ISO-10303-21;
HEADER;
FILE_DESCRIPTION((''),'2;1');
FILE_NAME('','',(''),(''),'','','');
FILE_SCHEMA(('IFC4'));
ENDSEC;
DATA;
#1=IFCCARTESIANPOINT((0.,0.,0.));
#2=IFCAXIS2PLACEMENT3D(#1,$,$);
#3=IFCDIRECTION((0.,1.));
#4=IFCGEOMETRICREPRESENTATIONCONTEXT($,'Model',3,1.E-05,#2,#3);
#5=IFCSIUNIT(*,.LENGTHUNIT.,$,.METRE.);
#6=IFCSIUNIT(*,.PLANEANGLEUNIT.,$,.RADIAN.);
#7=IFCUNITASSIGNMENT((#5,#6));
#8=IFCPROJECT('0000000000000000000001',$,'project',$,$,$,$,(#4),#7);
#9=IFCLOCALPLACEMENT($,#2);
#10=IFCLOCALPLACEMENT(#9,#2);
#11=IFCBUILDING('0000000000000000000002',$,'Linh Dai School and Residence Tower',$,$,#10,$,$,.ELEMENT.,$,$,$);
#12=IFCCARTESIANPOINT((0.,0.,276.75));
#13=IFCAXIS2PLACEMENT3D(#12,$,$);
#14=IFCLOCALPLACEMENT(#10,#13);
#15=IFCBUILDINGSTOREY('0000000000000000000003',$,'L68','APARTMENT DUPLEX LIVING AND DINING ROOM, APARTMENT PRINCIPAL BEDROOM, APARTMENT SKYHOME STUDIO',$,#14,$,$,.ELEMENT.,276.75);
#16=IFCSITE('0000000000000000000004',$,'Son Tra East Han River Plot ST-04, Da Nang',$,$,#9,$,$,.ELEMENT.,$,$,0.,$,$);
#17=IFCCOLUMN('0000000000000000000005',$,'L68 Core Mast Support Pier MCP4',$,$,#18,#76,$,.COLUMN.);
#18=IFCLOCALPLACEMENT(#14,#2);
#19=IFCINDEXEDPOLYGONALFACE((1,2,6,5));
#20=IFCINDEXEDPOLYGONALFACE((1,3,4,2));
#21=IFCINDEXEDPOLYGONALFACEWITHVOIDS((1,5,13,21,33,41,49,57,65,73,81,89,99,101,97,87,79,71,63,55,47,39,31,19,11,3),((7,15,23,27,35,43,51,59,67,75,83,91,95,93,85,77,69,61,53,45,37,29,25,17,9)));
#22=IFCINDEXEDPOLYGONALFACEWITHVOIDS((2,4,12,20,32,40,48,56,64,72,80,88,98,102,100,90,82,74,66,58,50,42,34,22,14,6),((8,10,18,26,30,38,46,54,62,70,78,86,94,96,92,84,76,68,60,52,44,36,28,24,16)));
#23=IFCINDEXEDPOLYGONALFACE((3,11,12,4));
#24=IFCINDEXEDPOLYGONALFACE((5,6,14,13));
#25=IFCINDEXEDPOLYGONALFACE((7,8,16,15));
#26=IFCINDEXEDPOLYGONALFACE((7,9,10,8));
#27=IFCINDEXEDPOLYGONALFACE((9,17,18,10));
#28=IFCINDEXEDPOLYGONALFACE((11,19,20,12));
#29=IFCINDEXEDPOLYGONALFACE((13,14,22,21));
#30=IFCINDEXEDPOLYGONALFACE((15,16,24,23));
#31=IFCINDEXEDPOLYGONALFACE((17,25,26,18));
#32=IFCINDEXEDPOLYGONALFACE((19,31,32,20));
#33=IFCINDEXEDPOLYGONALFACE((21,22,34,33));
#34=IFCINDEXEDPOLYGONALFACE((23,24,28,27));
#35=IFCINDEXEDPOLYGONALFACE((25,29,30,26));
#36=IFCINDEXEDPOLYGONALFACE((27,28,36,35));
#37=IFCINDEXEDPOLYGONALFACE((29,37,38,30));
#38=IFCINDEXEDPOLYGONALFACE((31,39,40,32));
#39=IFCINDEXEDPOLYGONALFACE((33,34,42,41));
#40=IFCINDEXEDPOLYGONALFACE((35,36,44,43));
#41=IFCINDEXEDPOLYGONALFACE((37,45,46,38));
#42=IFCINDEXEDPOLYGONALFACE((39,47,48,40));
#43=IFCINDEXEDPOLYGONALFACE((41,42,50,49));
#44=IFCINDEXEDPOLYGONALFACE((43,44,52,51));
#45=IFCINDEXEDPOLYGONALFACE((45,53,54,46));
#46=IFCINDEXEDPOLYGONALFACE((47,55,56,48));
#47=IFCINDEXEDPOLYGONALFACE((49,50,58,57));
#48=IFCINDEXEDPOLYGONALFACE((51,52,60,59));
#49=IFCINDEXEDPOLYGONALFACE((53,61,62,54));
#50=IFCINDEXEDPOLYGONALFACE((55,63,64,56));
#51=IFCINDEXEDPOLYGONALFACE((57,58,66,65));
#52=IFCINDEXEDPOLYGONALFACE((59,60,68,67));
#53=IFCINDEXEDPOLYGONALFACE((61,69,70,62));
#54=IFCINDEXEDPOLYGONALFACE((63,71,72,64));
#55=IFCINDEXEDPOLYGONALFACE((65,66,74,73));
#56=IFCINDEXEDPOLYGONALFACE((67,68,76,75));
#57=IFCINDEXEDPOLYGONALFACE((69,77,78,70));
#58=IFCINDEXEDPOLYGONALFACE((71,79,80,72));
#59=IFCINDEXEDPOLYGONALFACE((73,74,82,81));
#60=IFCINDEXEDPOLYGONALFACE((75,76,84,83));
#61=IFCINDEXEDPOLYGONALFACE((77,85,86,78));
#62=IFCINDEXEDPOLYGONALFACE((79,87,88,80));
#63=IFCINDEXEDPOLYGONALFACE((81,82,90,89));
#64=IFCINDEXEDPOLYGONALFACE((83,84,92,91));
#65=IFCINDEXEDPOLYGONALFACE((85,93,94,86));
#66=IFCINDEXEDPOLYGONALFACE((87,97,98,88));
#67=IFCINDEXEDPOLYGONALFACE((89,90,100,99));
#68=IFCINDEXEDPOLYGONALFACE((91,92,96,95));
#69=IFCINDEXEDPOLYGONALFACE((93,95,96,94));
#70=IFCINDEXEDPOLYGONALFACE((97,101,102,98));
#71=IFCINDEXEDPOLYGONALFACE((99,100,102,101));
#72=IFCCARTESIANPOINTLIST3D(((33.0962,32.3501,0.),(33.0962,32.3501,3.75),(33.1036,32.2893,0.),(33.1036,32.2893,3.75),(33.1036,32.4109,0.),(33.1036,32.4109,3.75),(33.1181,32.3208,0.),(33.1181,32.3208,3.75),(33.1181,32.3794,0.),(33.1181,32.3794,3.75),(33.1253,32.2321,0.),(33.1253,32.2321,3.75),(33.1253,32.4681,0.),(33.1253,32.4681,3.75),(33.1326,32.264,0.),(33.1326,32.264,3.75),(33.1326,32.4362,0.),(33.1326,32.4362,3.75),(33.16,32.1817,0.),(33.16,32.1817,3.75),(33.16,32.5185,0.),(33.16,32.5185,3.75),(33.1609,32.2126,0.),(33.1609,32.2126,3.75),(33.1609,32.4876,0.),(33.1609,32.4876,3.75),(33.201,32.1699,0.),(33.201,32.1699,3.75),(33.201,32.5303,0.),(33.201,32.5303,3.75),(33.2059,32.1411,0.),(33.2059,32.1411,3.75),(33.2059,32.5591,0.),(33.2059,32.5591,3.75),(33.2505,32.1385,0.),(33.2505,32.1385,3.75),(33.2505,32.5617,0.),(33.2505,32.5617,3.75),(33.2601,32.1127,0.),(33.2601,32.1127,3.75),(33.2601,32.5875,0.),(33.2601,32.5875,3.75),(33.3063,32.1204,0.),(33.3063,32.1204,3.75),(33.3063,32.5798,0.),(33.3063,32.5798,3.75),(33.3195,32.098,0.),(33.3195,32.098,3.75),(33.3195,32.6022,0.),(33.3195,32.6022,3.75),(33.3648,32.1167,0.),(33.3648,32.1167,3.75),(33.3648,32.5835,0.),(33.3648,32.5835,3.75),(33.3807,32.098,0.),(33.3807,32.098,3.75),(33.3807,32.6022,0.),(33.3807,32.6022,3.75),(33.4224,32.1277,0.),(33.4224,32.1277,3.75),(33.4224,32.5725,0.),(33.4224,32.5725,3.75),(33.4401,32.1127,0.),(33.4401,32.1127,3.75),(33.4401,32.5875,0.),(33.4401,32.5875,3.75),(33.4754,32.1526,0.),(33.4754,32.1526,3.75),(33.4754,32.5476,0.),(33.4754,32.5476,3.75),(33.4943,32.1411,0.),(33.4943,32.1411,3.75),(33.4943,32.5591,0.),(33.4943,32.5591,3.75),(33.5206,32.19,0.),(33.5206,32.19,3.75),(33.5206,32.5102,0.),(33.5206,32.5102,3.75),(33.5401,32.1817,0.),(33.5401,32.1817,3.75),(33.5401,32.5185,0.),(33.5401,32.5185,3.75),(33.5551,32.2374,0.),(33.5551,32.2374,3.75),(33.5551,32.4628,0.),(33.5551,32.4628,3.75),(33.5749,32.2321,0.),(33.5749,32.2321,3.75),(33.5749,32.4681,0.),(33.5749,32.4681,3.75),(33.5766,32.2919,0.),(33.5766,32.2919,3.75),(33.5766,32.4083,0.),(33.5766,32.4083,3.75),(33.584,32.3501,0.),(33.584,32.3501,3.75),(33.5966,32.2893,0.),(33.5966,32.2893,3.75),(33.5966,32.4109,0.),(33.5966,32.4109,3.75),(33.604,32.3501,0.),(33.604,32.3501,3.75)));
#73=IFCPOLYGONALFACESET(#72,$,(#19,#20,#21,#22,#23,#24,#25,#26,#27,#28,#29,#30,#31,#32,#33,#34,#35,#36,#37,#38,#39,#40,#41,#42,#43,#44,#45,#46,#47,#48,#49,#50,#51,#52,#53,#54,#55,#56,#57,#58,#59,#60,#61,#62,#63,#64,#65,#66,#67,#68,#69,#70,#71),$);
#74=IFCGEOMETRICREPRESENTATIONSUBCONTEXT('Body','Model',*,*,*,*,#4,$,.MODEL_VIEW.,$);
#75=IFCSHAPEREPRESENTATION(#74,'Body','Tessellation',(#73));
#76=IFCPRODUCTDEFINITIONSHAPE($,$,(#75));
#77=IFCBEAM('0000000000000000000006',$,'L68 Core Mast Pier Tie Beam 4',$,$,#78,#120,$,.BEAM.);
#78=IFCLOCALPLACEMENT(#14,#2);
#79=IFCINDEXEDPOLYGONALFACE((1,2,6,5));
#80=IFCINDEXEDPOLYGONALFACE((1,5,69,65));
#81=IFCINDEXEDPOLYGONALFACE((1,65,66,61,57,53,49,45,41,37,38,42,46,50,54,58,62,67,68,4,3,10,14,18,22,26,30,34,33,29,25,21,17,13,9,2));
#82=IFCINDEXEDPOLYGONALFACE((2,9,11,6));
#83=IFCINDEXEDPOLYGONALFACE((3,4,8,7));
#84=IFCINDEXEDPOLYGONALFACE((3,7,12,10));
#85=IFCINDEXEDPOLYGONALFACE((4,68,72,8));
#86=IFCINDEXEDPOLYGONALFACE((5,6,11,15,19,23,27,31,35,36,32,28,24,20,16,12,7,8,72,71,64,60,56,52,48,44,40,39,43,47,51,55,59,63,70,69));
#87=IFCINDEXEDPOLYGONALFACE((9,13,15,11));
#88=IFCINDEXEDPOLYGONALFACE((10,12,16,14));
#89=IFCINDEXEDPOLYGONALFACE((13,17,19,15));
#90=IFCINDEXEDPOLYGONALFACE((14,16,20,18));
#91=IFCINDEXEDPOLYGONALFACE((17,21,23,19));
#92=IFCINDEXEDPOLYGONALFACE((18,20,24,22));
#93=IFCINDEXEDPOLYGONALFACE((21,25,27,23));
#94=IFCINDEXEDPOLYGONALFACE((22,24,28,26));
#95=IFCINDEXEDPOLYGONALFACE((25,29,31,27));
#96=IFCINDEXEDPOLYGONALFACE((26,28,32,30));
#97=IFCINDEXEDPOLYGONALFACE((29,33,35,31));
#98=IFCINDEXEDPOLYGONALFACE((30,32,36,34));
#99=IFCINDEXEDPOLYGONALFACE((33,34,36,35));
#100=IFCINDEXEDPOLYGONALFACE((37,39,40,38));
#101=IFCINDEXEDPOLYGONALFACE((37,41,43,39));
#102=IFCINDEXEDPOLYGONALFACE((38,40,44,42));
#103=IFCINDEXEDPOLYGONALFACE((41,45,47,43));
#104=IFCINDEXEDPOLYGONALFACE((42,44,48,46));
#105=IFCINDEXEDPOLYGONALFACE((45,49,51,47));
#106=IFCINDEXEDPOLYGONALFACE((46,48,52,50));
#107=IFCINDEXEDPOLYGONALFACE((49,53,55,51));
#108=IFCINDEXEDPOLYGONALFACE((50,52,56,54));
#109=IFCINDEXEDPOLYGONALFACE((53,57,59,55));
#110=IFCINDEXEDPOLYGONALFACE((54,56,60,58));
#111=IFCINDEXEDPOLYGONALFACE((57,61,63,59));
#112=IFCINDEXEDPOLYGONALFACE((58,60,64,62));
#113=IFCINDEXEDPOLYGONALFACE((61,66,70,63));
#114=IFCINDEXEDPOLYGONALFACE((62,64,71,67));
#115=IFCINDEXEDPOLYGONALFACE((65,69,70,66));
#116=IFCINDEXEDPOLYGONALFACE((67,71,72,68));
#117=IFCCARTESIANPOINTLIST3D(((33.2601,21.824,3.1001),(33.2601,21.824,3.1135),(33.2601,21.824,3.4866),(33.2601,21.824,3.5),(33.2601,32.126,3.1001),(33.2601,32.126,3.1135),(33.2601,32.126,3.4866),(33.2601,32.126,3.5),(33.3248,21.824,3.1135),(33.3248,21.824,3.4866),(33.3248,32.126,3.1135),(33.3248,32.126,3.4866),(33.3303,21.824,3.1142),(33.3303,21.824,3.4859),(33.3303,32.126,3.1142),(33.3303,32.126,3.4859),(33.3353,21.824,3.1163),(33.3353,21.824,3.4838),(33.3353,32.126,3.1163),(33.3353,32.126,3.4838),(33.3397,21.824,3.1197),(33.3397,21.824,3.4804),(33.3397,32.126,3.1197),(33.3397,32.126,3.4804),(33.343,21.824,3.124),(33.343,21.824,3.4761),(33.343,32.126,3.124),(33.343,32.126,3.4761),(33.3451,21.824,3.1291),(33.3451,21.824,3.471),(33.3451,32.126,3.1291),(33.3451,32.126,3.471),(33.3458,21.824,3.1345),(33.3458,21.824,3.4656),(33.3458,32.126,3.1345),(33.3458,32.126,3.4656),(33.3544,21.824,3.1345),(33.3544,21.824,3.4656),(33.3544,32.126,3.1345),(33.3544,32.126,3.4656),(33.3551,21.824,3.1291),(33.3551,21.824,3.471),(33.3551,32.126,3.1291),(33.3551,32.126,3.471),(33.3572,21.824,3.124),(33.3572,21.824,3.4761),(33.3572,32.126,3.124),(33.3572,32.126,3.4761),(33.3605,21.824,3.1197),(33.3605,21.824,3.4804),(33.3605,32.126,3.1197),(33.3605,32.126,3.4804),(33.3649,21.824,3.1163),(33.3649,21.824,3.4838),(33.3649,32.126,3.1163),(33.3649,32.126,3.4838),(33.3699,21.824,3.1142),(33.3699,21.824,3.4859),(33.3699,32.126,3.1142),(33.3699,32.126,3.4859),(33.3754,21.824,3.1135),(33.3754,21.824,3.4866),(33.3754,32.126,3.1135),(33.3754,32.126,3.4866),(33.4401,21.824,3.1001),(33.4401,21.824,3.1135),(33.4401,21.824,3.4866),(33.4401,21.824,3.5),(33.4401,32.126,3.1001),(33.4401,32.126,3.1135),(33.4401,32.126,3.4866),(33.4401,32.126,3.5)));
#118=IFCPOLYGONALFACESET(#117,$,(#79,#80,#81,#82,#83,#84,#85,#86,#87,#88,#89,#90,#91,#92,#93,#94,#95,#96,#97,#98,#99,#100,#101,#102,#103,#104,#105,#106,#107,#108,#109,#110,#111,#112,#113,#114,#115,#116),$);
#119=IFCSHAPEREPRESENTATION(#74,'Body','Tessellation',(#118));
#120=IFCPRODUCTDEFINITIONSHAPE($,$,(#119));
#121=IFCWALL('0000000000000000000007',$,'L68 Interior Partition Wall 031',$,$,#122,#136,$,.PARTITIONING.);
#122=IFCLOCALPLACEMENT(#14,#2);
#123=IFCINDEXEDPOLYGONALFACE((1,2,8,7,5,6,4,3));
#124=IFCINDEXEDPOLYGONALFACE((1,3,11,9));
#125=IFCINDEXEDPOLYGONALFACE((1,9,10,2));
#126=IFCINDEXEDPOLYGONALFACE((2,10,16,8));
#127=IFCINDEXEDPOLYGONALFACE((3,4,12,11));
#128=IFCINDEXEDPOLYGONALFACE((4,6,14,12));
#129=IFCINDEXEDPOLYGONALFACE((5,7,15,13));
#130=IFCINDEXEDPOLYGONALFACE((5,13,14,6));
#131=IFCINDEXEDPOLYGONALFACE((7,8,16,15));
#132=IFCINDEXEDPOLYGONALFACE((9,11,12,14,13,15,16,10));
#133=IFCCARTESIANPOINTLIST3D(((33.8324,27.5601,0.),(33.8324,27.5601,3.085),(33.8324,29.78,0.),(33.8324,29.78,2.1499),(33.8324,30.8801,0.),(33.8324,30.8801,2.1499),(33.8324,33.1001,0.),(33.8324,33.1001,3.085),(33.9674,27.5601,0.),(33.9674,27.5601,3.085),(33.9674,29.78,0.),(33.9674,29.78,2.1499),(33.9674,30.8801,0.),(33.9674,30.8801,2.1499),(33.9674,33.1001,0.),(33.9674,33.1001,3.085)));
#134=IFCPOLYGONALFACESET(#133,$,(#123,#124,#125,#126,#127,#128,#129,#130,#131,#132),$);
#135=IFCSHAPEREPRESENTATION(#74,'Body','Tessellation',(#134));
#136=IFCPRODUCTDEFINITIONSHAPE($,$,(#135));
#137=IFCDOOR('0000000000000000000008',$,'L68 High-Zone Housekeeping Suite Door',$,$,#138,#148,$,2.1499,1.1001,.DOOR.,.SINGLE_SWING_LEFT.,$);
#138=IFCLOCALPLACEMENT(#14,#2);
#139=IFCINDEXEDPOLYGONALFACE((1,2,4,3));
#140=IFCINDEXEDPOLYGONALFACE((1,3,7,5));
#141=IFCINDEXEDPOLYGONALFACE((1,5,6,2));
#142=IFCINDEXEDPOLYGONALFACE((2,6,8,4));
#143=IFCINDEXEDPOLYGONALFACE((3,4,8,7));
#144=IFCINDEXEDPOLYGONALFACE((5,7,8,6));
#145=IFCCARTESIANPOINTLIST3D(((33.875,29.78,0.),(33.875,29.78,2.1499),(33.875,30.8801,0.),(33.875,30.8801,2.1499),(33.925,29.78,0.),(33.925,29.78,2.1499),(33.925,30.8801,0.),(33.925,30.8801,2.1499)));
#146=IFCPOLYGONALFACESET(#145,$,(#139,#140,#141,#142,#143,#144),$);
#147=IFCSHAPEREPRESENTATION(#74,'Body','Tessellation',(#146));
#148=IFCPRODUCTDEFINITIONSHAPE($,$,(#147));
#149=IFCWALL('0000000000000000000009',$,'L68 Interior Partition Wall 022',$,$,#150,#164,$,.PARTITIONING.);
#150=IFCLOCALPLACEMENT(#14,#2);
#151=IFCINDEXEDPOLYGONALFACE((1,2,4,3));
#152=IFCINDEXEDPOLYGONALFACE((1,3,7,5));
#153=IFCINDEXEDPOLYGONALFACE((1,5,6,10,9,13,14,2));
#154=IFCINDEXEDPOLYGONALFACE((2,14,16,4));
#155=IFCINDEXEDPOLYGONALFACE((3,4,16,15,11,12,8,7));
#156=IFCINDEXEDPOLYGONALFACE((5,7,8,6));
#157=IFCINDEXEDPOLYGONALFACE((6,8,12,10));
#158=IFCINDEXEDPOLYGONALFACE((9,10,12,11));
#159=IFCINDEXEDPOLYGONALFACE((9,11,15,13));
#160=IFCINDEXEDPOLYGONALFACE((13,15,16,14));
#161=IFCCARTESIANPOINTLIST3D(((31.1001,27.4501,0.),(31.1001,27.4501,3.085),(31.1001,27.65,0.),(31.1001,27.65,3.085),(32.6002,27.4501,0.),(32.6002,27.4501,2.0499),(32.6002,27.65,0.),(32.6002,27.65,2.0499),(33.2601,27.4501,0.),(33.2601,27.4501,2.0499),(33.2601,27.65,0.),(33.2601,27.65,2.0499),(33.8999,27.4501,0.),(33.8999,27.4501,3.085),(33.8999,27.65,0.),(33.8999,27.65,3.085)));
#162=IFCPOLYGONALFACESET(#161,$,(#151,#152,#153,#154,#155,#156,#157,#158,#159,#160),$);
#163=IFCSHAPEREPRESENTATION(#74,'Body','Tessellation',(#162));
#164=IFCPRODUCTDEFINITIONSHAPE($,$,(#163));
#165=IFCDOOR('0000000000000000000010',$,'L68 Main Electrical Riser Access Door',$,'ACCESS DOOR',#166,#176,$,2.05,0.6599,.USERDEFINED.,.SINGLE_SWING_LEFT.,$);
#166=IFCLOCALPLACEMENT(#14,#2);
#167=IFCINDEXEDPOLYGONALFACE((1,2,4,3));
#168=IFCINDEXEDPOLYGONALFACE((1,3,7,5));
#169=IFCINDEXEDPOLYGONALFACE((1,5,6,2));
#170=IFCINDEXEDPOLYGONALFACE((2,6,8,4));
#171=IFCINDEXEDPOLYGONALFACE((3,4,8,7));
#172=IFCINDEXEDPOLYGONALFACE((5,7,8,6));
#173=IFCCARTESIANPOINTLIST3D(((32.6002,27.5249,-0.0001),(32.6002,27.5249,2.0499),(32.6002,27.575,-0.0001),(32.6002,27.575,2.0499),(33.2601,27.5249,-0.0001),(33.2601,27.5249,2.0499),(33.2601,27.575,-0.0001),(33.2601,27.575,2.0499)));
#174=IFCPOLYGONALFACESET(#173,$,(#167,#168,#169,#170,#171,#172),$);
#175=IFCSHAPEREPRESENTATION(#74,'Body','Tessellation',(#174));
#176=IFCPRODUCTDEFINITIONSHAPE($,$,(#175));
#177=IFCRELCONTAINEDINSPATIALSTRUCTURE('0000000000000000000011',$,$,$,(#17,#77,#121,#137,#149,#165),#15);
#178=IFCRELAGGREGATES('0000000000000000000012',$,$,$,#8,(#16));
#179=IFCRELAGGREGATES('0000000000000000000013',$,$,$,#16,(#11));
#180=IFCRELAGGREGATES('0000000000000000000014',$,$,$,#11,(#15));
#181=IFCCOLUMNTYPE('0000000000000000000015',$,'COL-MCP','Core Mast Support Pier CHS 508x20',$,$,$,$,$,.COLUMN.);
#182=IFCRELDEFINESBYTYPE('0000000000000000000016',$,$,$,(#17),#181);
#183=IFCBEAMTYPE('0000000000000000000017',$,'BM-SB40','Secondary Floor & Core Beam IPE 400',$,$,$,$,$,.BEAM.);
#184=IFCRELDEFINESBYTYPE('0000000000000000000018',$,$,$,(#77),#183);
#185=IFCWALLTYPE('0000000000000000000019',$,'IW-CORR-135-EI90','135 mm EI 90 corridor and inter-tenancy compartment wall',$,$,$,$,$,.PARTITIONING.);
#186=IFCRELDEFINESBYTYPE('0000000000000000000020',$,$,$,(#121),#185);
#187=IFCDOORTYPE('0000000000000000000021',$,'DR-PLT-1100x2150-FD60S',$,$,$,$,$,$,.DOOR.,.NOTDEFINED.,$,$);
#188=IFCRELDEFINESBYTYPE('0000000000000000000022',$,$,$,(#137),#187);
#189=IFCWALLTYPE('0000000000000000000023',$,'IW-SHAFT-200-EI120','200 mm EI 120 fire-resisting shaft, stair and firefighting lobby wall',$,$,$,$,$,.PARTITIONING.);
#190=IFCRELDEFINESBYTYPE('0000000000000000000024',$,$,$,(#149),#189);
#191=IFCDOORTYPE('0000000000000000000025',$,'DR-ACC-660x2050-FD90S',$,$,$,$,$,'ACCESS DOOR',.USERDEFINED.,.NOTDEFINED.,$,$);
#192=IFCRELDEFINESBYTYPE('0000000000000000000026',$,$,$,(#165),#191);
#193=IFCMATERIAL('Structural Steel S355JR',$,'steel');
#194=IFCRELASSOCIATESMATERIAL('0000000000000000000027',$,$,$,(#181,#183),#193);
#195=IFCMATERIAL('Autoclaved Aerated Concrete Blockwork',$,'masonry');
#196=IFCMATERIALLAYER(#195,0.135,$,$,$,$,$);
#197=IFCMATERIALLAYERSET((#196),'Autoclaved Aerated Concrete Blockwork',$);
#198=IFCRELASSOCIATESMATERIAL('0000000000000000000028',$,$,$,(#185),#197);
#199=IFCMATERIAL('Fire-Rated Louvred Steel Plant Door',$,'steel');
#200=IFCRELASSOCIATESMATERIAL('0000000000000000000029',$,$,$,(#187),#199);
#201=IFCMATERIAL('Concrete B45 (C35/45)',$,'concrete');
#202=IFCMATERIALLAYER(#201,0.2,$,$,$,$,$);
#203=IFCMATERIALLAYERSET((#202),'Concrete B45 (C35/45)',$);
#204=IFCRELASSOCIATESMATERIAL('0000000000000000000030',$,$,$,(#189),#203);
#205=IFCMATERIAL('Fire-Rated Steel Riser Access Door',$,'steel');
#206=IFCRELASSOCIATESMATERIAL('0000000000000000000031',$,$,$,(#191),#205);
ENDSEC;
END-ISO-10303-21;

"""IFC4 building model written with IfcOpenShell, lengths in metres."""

from ifc_helpers import new_model, si_unit, direction, frame, frame_2d, origin, origin_2d, place, context, subcontext, project, spatial, rectangle, hollow_circle, i_section, extrude, source, transform, mapped, material, layer, layer_set, material_profile, profile_set, type_object, element, fill, save


model = new_model("IFC4")

# Units and contexts
model_context = context("Model", 3, precision=1e-05, world=origin(), true_north=direction((0.0, 1.0)))
body_context = subcontext(model_context, "Body", "Model", "MODEL_VIEW")
ifc_project = project(units=[si_unit("LENGTHUNIT", "METRE"), si_unit("PLANEANGLEUNIT", "RADIAN")], contexts=[model_context])

# Site, building, storey
site_placement = place(None, origin())
site = spatial("IfcSite", under=ifc_project, at=site_placement, Name="Son Tra East Han River Plot ST-04, Da Nang", CompositionType="ELEMENT", RefElevation=0.0)
building_placement = place(site_placement, origin())
building = spatial("IfcBuilding", under=site, at=building_placement, Name="Linh Dai School and Residence Tower", CompositionType="ELEMENT")
storey_placement = place(building_placement, frame((0.0, 0.0, 276.75)))
storey = spatial("IfcBuildingStorey", under=building, at=storey_placement, Name="L68", Description="APARTMENT DUPLEX LIVING AND DINING ROOM, APARTMENT PRINCIPAL BEDROOM, APARTMENT SKYHOME STUDIO", CompositionType="ELEMENT", Elevation=276.75)

# Column
ifc_material_1 = material(Name="Structural Steel S355JR", Category="steel")
ifc_material_profile_1 = material_profile(ifc_material_1, hollow_circle(Radius=0.2539, WallThickness=0.02, at=origin_2d()), Name="CHS 508x20")
ifc_profile_set_1 = profile_set([ifc_material_profile_1], Name="Structural Steel S355JR")
column_type = type_object("IfcColumnType", Name="COL-MCP", Description="Core Mast Support Pier CHS 508x20", PredefinedType="COLUMN", material=ifc_profile_set_1)
column_placement = place(storey_placement, frame((33.3501, 32.3501, 0.0), z_axis=(0.0, 0.0, 1.0), x_axis=(1.0, 0.0, 0.0)))
element("IfcColumn", 1, at=column_placement, inside=storey, type_object=column_type, Name="L68 Core Mast Support Pier MCP4", PredefinedType="COLUMN", context=body_context, shape_type="SweptSolid", body=[
    extrude(hollow_circle(Radius=0.2539, WallThickness=0.02, at=origin_2d()), origin(), (0.0, 0.0, 1.0), 3.75),
])

# Beam
ifc_material_profile_2 = material_profile(ifc_material_1, i_section(OverallWidth=0.1799, OverallDepth=0.3999, WebThickness=0.0085, FlangeThickness=0.0134, FilletRadius=0.021, at=origin_2d()), Name="IPE 400")
ifc_profile_set_2 = profile_set([ifc_material_profile_2], Name="Structural Steel S355JR")
beam_type = type_object("IfcBeamType", Name="BM-SB40", Description="Secondary Floor & Core Beam IPE 400", PredefinedType="BEAM", material=ifc_profile_set_2)
beam_placement = place(storey_placement, frame((33.3501, 32.126, 3.3), z_axis=(0.0, -1.0, 0.0), x_axis=(1.0, 0.0, 0.0)))
element("IfcBeam", 2, at=beam_placement, inside=storey, type_object=beam_type, Name="L68 Core Mast Pier Tie Beam 4", PredefinedType="BEAM", context=body_context, shape_type="SweptSolid", body=[
    extrude(i_section(OverallWidth=0.1799, OverallDepth=0.3999, WebThickness=0.0085, FlangeThickness=0.0134, FilletRadius=0.021, at=origin_2d()), origin(), (0.0, 0.0, 1.0), 10.302),
])

# Walls, openings, doors
ifc_material_2 = material(Name="Autoclaved Aerated Concrete Blockwork", Category="masonry")
ifc_layer_1 = layer(ifc_material_2, 0.135)
ifc_layer_set_1 = layer_set([ifc_layer_1], Name="Autoclaved Aerated Concrete Blockwork")
wall_type_1 = type_object("IfcWallType", Name="IW-CORR-135-EI90", Description="135 mm EI 90 corridor and inter-tenancy compartment wall", PredefinedType="PARTITIONING", material=ifc_layer_set_1)
wall_1_placement = place(storey_placement, frame((33.8999, 27.5601, 0.0), z_axis=(0.0, 0.0, 1.0), x_axis=(0.0, 1.0, 0.0)))
wall_1 = element("IfcWall", 3, at=wall_1_placement, inside=storey, type_object=wall_type_1, Name="L68 Interior Partition Wall 031", PredefinedType="PARTITIONING", context=body_context, shape_type="SweptSolid", body=[
    extrude(rectangle(XDim=5.54, YDim=0.135, at=frame_2d((2.77, 0.0))), origin(), (0.0, 0.0, 1.0), 3.085),
])
opening_1_placement = place(wall_1_placement, frame((2.22, 0.0, 0.0)))
opening_1 = element("IfcOpeningElement", 4, at=opening_1_placement, cuts=wall_1, PredefinedType="OPENING", context=body_context, shape_type="SweptSolid", body=[
    extrude(rectangle(XDim=1.1001, YDim=2.1499, at=origin_2d()), frame((0.55, 0.0776, 1.075), z_axis=(0.0, -1.0, 0.0), x_axis=(1.0, 0.0, 0.0)), (0.0, 0.0, 1.0), 0.155),
])
ifc_material_3 = material(Name="Fire-Rated Louvred Steel Plant Door", Category="steel")
door_type_1 = type_object("IfcDoorType", Name="DR-PLT-1100x2150-FD60S", OperationType="NOTDEFINED", PredefinedType="DOOR", material=ifc_material_3)
shared_shape_1 = source(origin(), body_context, "Body", "SweptSolid", [
    extrude(rectangle(XDim=1.1001, YDim=2.1499, at=origin_2d()), frame((0.55, 0.0249, 1.075), z_axis=(0.0, -1.0, 0.0), x_axis=(1.0, 0.0, 0.0)), (0.0, 0.0, 1.0), 0.05),
])
door_1_placement = place(opening_1_placement, origin())
door_1 = element("IfcDoor", 5, at=door_1_placement, inside=storey, type_object=door_type_1, Name="L68 High-Zone Housekeeping Suite Door", OperationType="SINGLE_SWING_LEFT", OverallHeight=2.1499, OverallWidth=1.1001, PredefinedType="DOOR", context=body_context, shape_type="MappedRepresentation", body=[
    mapped(shared_shape_1, transform((0.0, 0.0, 0.0), x_axis=(1.0, 0.0, 0.0), y_axis=(0.0, 1.0, 0.0), z_axis=(0.0, 0.0, 1.0), scale=1.0)),
])
fill(opening_1, door_1)
ifc_material_4 = material(Name="Concrete B45 (C35/45)", Category="concrete")
ifc_layer_2 = layer(ifc_material_4, 0.2)
ifc_layer_set_2 = layer_set([ifc_layer_2], Name="Concrete B45 (C35/45)")
wall_type_2 = type_object("IfcWallType", Name="IW-SHAFT-200-EI120", Description="200 mm EI 120 fire-resisting shaft, stair and firefighting lobby wall", PredefinedType="PARTITIONING", material=ifc_layer_set_2)
wall_2_placement = place(storey_placement, frame((31.1001, 27.55, 0.0), z_axis=(0.0, 0.0, 1.0), x_axis=(1.0, 0.0, 0.0)))
wall_2 = element("IfcWall", 6, at=wall_2_placement, inside=storey, type_object=wall_type_2, Name="L68 Interior Partition Wall 022", PredefinedType="PARTITIONING", context=body_context, shape_type="SweptSolid", body=[
    extrude(rectangle(XDim=2.7998, YDim=0.2, at=frame_2d((1.3999, 0.0))), origin(), (0.0, 0.0, 1.0), 3.085),
])
opening_2_placement = place(wall_2_placement, frame((1.5, 0.0, 0.0)))
opening_2 = element("IfcOpeningElement", 7, at=opening_2_placement, cuts=wall_2, PredefinedType="OPENING", context=body_context, shape_type="SweptSolid", body=[
    extrude(rectangle(XDim=0.6599, YDim=2.05, at=origin_2d()), frame((0.3301, 0.1099, 1.0249), z_axis=(0.0, -1.0, 0.0), x_axis=(1.0, 0.0, 0.0)), (0.0, 0.0, 1.0), 0.22),
])
ifc_material_5 = material(Name="Fire-Rated Steel Riser Access Door", Category="steel")
door_type_2 = type_object("IfcDoorType", Name="DR-ACC-660x2050-FD90S", ElementType="ACCESS DOOR", OperationType="NOTDEFINED", PredefinedType="USERDEFINED", material=ifc_material_5)
shared_shape_2 = source(origin(), body_context, "Body", "SweptSolid", [
    extrude(rectangle(XDim=0.6599, YDim=2.05, at=origin_2d()), frame((0.3301, 0.0249, 1.0249), z_axis=(0.0, -1.0, 0.0), x_axis=(1.0, 0.0, 0.0)), (0.0, 0.0, 1.0), 0.05),
])
door_2_placement = place(opening_2_placement, origin())
door_2 = element("IfcDoor", 8, at=door_2_placement, inside=storey, type_object=door_type_2, Name="L68 Main Electrical Riser Access Door", ObjectType="ACCESS DOOR", OperationType="SINGLE_SWING_LEFT", OverallHeight=2.05, OverallWidth=0.6599, PredefinedType="USERDEFINED", context=body_context, shape_type="MappedRepresentation", body=[
    mapped(shared_shape_2, transform((0.0, 0.0, 0.0), x_axis=(1.0, 0.0, 0.0), y_axis=(0.0, 1.0, 0.0), z_axis=(0.0, 0.0, 1.0), scale=1.0)),
])
fill(opening_2, door_2)

save(model, "model.ifc")
